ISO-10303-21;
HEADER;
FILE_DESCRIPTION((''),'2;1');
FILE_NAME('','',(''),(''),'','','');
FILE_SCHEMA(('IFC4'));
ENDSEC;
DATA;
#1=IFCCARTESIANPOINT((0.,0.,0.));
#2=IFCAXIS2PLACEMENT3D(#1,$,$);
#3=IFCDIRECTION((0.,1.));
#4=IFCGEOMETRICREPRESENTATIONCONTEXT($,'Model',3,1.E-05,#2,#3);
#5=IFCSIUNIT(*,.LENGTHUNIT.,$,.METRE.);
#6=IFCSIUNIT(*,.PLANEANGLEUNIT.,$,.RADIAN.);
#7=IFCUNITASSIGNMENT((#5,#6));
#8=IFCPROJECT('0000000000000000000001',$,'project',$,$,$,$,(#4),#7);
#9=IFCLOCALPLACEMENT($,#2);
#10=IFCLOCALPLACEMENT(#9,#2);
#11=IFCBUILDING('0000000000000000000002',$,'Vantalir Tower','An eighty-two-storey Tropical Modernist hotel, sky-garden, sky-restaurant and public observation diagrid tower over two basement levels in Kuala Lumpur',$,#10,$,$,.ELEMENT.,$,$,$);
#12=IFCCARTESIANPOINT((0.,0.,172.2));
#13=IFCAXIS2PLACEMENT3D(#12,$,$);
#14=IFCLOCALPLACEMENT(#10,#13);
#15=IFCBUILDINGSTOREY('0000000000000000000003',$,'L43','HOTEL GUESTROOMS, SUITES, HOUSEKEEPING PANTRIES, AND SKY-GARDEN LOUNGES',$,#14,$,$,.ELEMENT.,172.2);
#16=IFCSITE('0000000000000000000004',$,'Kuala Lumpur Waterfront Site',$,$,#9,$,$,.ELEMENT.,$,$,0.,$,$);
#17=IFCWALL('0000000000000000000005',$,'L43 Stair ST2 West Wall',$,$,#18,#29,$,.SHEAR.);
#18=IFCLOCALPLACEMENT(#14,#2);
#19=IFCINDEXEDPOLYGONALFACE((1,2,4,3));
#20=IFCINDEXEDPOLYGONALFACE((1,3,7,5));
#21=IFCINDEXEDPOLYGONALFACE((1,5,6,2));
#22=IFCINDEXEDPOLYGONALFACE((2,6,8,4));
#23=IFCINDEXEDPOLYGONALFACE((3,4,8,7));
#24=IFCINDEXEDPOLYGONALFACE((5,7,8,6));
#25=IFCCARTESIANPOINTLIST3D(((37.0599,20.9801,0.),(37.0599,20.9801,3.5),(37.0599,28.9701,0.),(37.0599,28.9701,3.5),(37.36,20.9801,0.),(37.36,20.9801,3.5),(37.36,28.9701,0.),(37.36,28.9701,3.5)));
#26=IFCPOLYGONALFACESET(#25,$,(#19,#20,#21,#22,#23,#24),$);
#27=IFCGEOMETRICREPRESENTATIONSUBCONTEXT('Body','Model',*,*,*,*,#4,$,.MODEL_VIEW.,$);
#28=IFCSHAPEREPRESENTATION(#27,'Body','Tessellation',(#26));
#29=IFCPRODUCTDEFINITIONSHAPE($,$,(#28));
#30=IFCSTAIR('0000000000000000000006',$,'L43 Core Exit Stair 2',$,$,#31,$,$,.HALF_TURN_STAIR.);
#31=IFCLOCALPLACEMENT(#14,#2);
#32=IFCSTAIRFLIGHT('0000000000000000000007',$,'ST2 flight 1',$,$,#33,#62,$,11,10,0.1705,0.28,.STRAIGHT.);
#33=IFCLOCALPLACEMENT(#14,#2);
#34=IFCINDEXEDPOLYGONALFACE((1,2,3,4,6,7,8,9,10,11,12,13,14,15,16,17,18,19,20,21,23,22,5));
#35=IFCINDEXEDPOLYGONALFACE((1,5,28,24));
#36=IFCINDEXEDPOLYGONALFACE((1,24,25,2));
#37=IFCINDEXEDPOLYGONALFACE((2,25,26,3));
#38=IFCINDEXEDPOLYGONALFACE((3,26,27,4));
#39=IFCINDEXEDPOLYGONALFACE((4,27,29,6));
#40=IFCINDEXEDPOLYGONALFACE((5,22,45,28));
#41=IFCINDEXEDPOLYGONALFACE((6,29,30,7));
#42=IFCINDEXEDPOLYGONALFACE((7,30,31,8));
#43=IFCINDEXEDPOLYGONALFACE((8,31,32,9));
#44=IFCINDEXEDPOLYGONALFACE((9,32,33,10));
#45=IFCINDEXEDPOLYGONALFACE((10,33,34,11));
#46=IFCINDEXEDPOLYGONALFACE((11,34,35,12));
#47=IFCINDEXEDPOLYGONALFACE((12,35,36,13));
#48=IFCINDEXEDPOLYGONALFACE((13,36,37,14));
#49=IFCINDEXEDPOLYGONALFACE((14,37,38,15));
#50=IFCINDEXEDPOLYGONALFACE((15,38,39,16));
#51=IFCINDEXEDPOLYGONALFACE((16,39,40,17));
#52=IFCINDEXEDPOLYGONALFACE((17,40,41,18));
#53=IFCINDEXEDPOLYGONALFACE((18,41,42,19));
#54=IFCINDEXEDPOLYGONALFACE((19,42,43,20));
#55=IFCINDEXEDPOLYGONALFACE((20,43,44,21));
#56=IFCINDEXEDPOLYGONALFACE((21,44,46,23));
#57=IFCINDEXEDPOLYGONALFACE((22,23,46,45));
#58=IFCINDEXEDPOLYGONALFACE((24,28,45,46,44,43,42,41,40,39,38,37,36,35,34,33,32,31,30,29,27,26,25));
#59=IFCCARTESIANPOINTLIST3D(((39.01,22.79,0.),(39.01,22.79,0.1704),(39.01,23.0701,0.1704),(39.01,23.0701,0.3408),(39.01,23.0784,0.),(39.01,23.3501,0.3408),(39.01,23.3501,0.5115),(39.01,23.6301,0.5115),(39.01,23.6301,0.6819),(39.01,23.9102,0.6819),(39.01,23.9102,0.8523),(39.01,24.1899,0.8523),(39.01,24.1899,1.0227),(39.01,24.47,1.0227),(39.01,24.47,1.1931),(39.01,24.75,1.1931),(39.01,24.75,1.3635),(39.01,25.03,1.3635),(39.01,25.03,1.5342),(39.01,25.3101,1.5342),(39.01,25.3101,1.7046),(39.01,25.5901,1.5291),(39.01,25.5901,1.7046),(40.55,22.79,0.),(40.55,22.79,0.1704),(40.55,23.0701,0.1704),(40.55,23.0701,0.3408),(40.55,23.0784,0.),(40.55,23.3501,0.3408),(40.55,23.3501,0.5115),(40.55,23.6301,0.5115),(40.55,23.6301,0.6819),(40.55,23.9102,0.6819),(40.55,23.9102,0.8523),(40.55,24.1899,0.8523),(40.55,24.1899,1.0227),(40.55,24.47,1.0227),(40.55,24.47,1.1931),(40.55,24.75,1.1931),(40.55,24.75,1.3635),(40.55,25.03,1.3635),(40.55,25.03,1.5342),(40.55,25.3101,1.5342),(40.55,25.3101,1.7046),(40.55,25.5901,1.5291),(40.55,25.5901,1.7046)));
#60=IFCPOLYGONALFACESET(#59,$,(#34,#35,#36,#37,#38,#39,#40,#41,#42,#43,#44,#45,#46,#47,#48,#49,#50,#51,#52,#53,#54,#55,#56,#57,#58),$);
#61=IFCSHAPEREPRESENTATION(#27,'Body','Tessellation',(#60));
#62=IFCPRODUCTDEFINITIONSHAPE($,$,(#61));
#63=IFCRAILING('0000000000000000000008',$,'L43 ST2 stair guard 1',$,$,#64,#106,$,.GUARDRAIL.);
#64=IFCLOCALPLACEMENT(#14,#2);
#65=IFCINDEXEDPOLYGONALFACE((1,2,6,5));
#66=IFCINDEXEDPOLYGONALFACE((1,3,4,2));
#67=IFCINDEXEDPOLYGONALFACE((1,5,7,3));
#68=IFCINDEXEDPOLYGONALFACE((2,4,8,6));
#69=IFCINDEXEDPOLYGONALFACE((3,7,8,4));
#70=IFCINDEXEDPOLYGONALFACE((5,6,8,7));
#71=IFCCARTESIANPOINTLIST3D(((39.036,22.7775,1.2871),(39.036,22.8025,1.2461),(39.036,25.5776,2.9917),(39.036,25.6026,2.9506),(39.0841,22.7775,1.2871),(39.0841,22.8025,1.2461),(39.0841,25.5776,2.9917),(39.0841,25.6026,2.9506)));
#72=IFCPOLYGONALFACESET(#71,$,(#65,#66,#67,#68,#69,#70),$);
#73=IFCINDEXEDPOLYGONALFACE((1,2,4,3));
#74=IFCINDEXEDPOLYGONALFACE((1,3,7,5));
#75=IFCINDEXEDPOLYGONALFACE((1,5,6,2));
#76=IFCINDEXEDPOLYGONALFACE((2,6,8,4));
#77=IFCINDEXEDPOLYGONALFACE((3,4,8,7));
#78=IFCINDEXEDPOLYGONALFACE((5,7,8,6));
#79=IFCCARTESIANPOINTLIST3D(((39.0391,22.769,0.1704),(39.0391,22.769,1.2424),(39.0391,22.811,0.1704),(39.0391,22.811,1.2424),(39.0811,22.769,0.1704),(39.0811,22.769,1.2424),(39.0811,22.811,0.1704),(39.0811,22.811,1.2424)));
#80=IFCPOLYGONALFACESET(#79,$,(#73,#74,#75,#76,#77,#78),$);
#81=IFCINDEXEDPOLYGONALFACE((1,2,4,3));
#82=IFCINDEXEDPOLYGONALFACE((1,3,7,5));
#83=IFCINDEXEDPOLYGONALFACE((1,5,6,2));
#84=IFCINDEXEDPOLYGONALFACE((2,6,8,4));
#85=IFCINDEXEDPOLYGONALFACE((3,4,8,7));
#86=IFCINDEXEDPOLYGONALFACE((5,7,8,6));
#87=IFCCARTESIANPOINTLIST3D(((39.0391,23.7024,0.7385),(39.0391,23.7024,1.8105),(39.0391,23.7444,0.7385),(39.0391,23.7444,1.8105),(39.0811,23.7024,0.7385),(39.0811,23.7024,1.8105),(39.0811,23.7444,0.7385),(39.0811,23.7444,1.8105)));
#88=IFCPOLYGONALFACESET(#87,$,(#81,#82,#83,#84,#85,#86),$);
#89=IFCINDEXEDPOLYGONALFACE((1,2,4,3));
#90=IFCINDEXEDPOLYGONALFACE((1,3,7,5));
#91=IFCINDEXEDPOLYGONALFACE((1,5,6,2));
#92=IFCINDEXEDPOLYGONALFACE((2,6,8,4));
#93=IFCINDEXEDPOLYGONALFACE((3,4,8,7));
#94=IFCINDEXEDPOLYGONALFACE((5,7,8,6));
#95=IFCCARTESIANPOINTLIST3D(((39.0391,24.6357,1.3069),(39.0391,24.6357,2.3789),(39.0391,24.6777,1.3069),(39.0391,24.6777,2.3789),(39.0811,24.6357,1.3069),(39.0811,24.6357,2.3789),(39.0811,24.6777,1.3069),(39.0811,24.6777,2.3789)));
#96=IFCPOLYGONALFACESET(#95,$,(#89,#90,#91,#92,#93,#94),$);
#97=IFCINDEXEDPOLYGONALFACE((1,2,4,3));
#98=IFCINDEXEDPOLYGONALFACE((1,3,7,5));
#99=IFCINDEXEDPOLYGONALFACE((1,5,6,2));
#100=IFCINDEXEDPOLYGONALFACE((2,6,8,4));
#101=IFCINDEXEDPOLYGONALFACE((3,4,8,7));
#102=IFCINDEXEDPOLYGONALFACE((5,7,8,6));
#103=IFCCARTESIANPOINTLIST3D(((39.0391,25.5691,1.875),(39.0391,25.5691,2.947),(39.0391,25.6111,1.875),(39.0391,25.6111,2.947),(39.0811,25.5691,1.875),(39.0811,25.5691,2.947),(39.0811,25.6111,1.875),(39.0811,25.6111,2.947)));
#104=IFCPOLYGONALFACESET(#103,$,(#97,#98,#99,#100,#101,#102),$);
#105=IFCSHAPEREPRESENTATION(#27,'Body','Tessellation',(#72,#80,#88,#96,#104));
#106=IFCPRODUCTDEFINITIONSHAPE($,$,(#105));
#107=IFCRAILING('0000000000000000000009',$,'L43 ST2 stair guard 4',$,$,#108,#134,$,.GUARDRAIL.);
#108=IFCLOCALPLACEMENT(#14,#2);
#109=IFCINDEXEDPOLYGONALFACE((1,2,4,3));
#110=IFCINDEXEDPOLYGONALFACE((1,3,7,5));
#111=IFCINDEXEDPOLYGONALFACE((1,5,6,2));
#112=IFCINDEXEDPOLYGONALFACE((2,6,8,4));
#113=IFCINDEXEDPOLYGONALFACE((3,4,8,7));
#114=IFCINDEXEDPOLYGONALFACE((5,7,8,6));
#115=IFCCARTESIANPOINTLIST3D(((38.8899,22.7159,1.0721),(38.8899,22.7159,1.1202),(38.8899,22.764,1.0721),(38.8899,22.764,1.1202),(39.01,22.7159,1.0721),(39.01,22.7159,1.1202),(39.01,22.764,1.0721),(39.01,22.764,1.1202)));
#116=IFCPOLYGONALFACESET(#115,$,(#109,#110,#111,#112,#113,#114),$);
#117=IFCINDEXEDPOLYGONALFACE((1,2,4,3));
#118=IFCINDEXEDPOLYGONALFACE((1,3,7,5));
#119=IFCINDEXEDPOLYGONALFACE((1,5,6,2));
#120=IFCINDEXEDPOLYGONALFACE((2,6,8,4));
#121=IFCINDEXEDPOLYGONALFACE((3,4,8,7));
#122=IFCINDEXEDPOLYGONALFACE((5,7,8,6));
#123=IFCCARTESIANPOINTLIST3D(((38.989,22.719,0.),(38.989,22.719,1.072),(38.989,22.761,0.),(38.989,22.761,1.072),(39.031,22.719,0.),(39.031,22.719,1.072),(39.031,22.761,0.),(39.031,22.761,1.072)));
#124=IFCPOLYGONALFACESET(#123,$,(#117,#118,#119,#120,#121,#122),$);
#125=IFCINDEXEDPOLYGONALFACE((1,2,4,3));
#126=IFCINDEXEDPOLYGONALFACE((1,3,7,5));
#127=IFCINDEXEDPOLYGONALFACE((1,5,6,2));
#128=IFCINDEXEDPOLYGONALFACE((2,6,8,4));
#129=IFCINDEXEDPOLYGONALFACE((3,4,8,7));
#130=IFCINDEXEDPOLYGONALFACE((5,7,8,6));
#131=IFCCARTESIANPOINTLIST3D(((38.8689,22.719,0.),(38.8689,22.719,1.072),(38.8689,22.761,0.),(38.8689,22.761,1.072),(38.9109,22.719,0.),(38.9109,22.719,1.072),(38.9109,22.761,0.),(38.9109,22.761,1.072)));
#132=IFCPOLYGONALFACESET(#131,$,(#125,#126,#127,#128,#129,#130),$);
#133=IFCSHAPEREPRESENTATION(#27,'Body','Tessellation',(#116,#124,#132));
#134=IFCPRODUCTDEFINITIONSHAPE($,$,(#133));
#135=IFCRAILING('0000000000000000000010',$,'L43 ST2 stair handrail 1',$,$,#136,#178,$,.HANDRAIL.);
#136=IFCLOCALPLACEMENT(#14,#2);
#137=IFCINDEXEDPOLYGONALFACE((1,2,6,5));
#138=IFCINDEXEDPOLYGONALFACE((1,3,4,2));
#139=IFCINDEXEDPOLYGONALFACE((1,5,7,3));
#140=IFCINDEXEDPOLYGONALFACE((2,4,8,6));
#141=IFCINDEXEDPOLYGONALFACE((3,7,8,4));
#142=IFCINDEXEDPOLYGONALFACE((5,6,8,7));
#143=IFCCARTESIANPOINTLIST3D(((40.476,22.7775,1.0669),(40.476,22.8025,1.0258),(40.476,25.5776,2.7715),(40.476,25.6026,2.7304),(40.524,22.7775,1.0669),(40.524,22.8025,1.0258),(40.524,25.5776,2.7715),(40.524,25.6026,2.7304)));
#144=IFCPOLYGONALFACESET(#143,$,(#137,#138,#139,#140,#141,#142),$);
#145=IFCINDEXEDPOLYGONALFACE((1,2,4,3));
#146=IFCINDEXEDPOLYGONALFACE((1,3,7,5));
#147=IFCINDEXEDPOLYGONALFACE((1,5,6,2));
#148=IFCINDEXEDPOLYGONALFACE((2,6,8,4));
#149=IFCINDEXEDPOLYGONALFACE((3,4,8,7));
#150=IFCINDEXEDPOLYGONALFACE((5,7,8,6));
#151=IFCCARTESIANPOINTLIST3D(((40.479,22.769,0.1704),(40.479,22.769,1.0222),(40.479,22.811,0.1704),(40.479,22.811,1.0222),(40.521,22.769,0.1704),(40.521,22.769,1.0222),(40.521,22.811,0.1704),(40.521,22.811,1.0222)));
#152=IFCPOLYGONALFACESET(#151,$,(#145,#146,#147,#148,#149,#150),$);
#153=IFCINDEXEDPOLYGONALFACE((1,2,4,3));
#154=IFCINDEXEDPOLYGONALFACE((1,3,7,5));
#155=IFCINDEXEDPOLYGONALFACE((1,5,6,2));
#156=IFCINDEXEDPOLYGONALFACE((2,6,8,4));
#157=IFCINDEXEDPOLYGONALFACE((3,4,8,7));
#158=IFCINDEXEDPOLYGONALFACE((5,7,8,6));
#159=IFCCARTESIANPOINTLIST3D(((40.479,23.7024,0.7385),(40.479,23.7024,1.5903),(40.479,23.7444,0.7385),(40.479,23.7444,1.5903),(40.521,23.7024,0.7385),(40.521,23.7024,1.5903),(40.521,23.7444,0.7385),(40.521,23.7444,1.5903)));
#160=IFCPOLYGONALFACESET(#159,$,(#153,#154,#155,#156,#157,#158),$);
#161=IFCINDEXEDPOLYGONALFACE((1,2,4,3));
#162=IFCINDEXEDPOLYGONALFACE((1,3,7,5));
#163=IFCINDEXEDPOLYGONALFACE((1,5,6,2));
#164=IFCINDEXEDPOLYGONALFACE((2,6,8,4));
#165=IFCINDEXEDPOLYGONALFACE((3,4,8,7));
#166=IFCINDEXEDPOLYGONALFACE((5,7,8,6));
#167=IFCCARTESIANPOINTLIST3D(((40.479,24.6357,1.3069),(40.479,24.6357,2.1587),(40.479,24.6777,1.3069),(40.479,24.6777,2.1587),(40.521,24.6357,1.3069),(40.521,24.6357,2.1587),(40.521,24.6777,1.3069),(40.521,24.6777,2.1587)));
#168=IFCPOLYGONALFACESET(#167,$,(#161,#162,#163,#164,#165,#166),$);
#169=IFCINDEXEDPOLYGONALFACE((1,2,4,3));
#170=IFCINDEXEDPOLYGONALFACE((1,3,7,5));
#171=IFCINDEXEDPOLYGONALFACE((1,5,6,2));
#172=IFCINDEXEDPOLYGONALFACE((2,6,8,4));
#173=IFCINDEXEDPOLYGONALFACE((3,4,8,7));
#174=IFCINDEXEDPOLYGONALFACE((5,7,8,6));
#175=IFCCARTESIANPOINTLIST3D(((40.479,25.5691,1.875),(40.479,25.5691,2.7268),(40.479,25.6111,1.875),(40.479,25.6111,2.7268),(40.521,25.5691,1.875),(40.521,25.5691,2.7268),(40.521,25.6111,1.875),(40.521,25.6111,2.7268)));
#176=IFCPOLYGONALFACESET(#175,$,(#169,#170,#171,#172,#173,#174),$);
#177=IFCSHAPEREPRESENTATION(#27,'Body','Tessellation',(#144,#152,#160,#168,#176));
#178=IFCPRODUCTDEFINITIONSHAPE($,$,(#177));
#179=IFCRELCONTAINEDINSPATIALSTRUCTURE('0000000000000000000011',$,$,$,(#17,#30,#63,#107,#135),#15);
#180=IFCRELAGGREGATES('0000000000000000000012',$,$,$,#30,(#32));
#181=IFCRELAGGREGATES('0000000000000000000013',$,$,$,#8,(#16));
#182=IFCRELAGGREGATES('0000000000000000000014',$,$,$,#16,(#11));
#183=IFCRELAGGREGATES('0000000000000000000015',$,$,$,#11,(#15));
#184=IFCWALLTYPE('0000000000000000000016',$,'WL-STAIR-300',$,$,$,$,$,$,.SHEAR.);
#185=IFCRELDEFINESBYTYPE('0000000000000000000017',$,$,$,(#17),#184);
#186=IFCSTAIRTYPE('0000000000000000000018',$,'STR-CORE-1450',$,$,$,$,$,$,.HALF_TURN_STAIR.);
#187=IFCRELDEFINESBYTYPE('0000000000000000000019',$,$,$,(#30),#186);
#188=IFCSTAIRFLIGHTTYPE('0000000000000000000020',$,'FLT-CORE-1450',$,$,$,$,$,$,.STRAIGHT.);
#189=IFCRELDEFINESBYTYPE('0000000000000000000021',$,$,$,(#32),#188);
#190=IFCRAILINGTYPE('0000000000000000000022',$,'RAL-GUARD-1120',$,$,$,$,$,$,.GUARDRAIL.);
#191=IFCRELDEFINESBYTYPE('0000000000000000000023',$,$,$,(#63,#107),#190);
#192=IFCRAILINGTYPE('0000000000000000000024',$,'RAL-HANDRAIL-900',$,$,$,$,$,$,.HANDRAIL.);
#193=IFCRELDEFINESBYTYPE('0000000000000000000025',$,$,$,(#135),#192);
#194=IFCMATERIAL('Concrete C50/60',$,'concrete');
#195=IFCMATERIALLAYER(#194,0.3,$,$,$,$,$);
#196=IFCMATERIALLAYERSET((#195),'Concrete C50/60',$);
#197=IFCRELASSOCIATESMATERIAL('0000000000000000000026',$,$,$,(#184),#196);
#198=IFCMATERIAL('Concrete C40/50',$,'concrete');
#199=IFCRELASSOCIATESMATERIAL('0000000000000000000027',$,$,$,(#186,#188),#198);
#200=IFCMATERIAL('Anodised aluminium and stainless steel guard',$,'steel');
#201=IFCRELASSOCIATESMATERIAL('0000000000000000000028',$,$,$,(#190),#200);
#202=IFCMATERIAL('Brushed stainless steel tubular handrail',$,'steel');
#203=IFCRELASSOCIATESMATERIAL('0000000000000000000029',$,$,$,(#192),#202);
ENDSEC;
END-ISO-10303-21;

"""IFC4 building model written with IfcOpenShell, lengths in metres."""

from ifc_helpers import new_model, si_unit, direction, frame, frame_2d, origin, origin_2d, place, context, subcontext, project, spatial, polyline, rectangle, outline, extrude, material, layer, layer_set, type_object, element, aggregate, save


model = new_model("IFC4")

# Units and contexts
model_context = context("Model", 3, precision=1e-05, world=origin(), true_north=direction((0.0, 1.0)))
body_context = subcontext(model_context, "Body", "Model", "MODEL_VIEW")
ifc_project = project(units=[si_unit("LENGTHUNIT", "METRE"), si_unit("PLANEANGLEUNIT", "RADIAN")], contexts=[model_context])

# Site, building, storey
site_placement = place(None, origin())
site = spatial("IfcSite", under=ifc_project, at=site_placement, Name="Kuala Lumpur Waterfront Site", CompositionType="ELEMENT", RefElevation=0.0)
building_placement = place(site_placement, origin())
building = spatial("IfcBuilding", under=site, at=building_placement, Name="Vantalir Tower", Description="An eighty-two-storey Tropical Modernist hotel, sky-garden, sky-restaurant and public observation diagrid tower over two basement levels in Kuala Lumpur", CompositionType="ELEMENT")
storey_placement = place(building_placement, frame((0.0, 0.0, 172.2)))
storey = spatial("IfcBuildingStorey", under=building, at=storey_placement, Name="L43", Description="HOTEL GUESTROOMS, SUITES, HOUSEKEEPING PANTRIES, AND SKY-GARDEN LOUNGES", CompositionType="ELEMENT", Elevation=172.2)

# Wall
ifc_material_1 = material(Name="Concrete C50/60", Category="concrete")
ifc_layer_1 = layer(ifc_material_1, 0.3)
ifc_layer_set_1 = layer_set([ifc_layer_1], Name="Concrete C50/60")
wall_type_1 = type_object("IfcWallType", Name="WL-STAIR-300", PredefinedType="SHEAR", material=ifc_layer_set_1)
wall_1_placement = place(storey_placement, frame((37.21, 20.98, 0.0), z_axis=(0.0, 0.0, 1.0), x_axis=(0.0, 1.0, 0.0)))
element("IfcWall", 1, at=wall_1_placement, inside=storey, type_object=wall_type_1, Name="L43 Stair ST2 West Wall", PredefinedType="SHEAR", context=body_context, shape_type="SweptSolid", body=[
    extrude(rectangle(XDim=7.99, YDim=0.3, at=frame_2d((3.9951, 0.0))), origin(), (0.0, 0.0, 1.0), 3.5),
])

# Stair, stair flight
ifc_material_2 = material(Name="Concrete C40/50", Category="concrete")
stair_type = type_object("IfcStairType", Name="STR-CORE-1450", PredefinedType="HALF_TURN_STAIR", material=ifc_material_2)
stair_placement = place(storey_placement, origin())
stair = element("IfcStair", 2, at=stair_placement, inside=storey, type_object=stair_type, Name="L43 Core Exit Stair 2", PredefinedType="HALF_TURN_STAIR")
stair_flight_type = type_object("IfcStairFlightType", Name="FLT-CORE-1450", PredefinedType="STRAIGHT", material=ifc_material_2)
stair_flight_placement = place(storey_placement, frame((39.78, 22.79, 0.0), z_axis=(0.0, 0.0, 1.0), x_axis=(0.0, 1.0, 0.0)))
stair_flight = element("IfcStairFlight", 3, at=stair_flight_placement, type_object=stair_flight_type, Name="ST2 flight 1", NumberOfRisers=11, NumberOfTreads=10, PredefinedType="STRAIGHT", RiserHeight=0.1705, TreadLength=0.28, context=body_context, shape_type="SweptSolid", body=[
    extrude(outline(polyline([(0.0, 0.0), (0.0, 0.1704), (0.28, 0.1704), (0.28, 0.3408), (0.5601, 0.3408), (0.5601, 0.5115), (0.8401, 0.5115), (0.8401, 0.6819), (1.1201, 0.6819), (1.1201, 0.8523), (1.3999, 0.8523), (1.3999, 1.0227), (1.6799, 1.0227), (1.6799, 1.1931), (1.96, 1.1931), (1.96, 1.3635), (2.24, 1.3635), (2.24, 1.5342), (2.52, 1.5342), (2.52, 1.7046), (2.8, 1.7046), (2.8, 1.875), (2.8, 1.5291), (0.2883, 0.0), (0.0, 0.0)])), frame((0.0, 0.77, 0.0), z_axis=(0.0, -1.0, 0.0), x_axis=(1.0, 0.0, 0.0)), (0.0, 0.0, 1.0), 1.54),
])
aggregate(stair, [stair_flight])

# Railings
ifc_material_3 = material(Name="Anodised aluminium and stainless steel guard", Category="steel")
railing_type_1 = type_object("IfcRailingType", Name="RAL-GUARD-1120", PredefinedType="GUARDRAIL", material=ifc_material_3)
railing_1_placement = place(storey_placement, frame((39.0601, 22.79, 0.1704)))
element("IfcRailing", 4, at=railing_1_placement, inside=storey, type_object=railing_type_1, Name="L43 ST2 stair guard 1", PredefinedType="GUARDRAIL", context=body_context, shape_type="SweptSolid", body=[
    extrude(rectangle(XDim=0.0481, YDim=0.0481, at=origin_2d()), frame((0.0, 0.0, 1.0962), z_axis=(0.0, 0.85417, 0.519994), x_axis=(-1.0, 0.0, 0.0)), (0.0, 0.0, 1.0), 3.2781),
    extrude(rectangle(XDim=0.042, YDim=0.042, at=origin_2d()), origin(), (0.0, 0.0, 1.0), 1.072),
    extrude(rectangle(XDim=0.042, YDim=0.042, at=origin_2d()), frame((0.0, 0.9333, 0.5681)), (0.0, 0.0, 1.0), 1.072),
    extrude(rectangle(XDim=0.042, YDim=0.042, at=origin_2d()), frame((0.0, 1.8667, 1.1365)), (0.0, 0.0, 1.0), 1.072),
    extrude(rectangle(XDim=0.042, YDim=0.042, at=origin_2d()), frame((0.0, 2.8, 1.7046)), (0.0, 0.0, 1.0), 1.072),
])
railing_2_placement = place(storey_placement, frame((39.01, 22.74, 0.0)))
element("IfcRailing", 5, at=railing_2_placement, inside=storey, type_object=railing_type_1, Name="L43 ST2 stair guard 4", PredefinedType="GUARDRAIL", context=body_context, shape_type="SweptSolid", body=[
    extrude(rectangle(XDim=0.0481, YDim=0.0481, at=origin_2d()), frame((0.0, 0.0, 1.0962), z_axis=(-1.0, 0.0, 0.0), x_axis=(0.0, -1.0, 0.0)), (0.0, 0.0, 1.0), 0.1201),
    extrude(rectangle(XDim=0.042, YDim=0.042, at=origin_2d()), origin(), (0.0, 0.0, 1.0), 1.072),
    extrude(rectangle(XDim=0.042, YDim=0.042, at=origin_2d()), frame((-0.1201, 0.0, 0.0)), (0.0, 0.0, 1.0), 1.072),
])
ifc_material_4 = material(Name="Brushed stainless steel tubular handrail", Category="steel")
railing_type_2 = type_object("IfcRailingType", Name="RAL-HANDRAIL-900", PredefinedType="HANDRAIL", material=ifc_material_4)
railing_3_placement = place(storey_placement, frame((40.5, 22.79, 0.1704)))
element("IfcRailing", 6, at=railing_3_placement, inside=storey, type_object=railing_type_2, Name="L43 ST2 stair handrail 1", PredefinedType="HANDRAIL", context=body_context, shape_type="SweptSolid", body=[
    extrude(rectangle(XDim=0.0481, YDim=0.0481, at=origin_2d()), frame((0.0, 0.0, 0.876), z_axis=(0.0, 0.85417, 0.519994), x_axis=(-1.0, 0.0, 0.0)), (0.0, 0.0, 1.0), 3.2781),
    extrude(rectangle(XDim=0.042, YDim=0.042, at=origin_2d()), origin(), (0.0, 0.0, 1.0), 0.8518),
    extrude(rectangle(XDim=0.042, YDim=0.042, at=origin_2d()), frame((0.0, 0.9333, 0.5681)), (0.0, 0.0, 1.0), 0.8518),
    extrude(rectangle(XDim=0.042, YDim=0.042, at=origin_2d()), frame((0.0, 1.8667, 1.1365)), (0.0, 0.0, 1.0), 0.8518),
    extrude(rectangle(XDim=0.042, YDim=0.042, at=origin_2d()), frame((0.0, 2.8, 1.7046)), (0.0, 0.0, 1.0), 0.8518),
])

save(model, "model.ifc")
